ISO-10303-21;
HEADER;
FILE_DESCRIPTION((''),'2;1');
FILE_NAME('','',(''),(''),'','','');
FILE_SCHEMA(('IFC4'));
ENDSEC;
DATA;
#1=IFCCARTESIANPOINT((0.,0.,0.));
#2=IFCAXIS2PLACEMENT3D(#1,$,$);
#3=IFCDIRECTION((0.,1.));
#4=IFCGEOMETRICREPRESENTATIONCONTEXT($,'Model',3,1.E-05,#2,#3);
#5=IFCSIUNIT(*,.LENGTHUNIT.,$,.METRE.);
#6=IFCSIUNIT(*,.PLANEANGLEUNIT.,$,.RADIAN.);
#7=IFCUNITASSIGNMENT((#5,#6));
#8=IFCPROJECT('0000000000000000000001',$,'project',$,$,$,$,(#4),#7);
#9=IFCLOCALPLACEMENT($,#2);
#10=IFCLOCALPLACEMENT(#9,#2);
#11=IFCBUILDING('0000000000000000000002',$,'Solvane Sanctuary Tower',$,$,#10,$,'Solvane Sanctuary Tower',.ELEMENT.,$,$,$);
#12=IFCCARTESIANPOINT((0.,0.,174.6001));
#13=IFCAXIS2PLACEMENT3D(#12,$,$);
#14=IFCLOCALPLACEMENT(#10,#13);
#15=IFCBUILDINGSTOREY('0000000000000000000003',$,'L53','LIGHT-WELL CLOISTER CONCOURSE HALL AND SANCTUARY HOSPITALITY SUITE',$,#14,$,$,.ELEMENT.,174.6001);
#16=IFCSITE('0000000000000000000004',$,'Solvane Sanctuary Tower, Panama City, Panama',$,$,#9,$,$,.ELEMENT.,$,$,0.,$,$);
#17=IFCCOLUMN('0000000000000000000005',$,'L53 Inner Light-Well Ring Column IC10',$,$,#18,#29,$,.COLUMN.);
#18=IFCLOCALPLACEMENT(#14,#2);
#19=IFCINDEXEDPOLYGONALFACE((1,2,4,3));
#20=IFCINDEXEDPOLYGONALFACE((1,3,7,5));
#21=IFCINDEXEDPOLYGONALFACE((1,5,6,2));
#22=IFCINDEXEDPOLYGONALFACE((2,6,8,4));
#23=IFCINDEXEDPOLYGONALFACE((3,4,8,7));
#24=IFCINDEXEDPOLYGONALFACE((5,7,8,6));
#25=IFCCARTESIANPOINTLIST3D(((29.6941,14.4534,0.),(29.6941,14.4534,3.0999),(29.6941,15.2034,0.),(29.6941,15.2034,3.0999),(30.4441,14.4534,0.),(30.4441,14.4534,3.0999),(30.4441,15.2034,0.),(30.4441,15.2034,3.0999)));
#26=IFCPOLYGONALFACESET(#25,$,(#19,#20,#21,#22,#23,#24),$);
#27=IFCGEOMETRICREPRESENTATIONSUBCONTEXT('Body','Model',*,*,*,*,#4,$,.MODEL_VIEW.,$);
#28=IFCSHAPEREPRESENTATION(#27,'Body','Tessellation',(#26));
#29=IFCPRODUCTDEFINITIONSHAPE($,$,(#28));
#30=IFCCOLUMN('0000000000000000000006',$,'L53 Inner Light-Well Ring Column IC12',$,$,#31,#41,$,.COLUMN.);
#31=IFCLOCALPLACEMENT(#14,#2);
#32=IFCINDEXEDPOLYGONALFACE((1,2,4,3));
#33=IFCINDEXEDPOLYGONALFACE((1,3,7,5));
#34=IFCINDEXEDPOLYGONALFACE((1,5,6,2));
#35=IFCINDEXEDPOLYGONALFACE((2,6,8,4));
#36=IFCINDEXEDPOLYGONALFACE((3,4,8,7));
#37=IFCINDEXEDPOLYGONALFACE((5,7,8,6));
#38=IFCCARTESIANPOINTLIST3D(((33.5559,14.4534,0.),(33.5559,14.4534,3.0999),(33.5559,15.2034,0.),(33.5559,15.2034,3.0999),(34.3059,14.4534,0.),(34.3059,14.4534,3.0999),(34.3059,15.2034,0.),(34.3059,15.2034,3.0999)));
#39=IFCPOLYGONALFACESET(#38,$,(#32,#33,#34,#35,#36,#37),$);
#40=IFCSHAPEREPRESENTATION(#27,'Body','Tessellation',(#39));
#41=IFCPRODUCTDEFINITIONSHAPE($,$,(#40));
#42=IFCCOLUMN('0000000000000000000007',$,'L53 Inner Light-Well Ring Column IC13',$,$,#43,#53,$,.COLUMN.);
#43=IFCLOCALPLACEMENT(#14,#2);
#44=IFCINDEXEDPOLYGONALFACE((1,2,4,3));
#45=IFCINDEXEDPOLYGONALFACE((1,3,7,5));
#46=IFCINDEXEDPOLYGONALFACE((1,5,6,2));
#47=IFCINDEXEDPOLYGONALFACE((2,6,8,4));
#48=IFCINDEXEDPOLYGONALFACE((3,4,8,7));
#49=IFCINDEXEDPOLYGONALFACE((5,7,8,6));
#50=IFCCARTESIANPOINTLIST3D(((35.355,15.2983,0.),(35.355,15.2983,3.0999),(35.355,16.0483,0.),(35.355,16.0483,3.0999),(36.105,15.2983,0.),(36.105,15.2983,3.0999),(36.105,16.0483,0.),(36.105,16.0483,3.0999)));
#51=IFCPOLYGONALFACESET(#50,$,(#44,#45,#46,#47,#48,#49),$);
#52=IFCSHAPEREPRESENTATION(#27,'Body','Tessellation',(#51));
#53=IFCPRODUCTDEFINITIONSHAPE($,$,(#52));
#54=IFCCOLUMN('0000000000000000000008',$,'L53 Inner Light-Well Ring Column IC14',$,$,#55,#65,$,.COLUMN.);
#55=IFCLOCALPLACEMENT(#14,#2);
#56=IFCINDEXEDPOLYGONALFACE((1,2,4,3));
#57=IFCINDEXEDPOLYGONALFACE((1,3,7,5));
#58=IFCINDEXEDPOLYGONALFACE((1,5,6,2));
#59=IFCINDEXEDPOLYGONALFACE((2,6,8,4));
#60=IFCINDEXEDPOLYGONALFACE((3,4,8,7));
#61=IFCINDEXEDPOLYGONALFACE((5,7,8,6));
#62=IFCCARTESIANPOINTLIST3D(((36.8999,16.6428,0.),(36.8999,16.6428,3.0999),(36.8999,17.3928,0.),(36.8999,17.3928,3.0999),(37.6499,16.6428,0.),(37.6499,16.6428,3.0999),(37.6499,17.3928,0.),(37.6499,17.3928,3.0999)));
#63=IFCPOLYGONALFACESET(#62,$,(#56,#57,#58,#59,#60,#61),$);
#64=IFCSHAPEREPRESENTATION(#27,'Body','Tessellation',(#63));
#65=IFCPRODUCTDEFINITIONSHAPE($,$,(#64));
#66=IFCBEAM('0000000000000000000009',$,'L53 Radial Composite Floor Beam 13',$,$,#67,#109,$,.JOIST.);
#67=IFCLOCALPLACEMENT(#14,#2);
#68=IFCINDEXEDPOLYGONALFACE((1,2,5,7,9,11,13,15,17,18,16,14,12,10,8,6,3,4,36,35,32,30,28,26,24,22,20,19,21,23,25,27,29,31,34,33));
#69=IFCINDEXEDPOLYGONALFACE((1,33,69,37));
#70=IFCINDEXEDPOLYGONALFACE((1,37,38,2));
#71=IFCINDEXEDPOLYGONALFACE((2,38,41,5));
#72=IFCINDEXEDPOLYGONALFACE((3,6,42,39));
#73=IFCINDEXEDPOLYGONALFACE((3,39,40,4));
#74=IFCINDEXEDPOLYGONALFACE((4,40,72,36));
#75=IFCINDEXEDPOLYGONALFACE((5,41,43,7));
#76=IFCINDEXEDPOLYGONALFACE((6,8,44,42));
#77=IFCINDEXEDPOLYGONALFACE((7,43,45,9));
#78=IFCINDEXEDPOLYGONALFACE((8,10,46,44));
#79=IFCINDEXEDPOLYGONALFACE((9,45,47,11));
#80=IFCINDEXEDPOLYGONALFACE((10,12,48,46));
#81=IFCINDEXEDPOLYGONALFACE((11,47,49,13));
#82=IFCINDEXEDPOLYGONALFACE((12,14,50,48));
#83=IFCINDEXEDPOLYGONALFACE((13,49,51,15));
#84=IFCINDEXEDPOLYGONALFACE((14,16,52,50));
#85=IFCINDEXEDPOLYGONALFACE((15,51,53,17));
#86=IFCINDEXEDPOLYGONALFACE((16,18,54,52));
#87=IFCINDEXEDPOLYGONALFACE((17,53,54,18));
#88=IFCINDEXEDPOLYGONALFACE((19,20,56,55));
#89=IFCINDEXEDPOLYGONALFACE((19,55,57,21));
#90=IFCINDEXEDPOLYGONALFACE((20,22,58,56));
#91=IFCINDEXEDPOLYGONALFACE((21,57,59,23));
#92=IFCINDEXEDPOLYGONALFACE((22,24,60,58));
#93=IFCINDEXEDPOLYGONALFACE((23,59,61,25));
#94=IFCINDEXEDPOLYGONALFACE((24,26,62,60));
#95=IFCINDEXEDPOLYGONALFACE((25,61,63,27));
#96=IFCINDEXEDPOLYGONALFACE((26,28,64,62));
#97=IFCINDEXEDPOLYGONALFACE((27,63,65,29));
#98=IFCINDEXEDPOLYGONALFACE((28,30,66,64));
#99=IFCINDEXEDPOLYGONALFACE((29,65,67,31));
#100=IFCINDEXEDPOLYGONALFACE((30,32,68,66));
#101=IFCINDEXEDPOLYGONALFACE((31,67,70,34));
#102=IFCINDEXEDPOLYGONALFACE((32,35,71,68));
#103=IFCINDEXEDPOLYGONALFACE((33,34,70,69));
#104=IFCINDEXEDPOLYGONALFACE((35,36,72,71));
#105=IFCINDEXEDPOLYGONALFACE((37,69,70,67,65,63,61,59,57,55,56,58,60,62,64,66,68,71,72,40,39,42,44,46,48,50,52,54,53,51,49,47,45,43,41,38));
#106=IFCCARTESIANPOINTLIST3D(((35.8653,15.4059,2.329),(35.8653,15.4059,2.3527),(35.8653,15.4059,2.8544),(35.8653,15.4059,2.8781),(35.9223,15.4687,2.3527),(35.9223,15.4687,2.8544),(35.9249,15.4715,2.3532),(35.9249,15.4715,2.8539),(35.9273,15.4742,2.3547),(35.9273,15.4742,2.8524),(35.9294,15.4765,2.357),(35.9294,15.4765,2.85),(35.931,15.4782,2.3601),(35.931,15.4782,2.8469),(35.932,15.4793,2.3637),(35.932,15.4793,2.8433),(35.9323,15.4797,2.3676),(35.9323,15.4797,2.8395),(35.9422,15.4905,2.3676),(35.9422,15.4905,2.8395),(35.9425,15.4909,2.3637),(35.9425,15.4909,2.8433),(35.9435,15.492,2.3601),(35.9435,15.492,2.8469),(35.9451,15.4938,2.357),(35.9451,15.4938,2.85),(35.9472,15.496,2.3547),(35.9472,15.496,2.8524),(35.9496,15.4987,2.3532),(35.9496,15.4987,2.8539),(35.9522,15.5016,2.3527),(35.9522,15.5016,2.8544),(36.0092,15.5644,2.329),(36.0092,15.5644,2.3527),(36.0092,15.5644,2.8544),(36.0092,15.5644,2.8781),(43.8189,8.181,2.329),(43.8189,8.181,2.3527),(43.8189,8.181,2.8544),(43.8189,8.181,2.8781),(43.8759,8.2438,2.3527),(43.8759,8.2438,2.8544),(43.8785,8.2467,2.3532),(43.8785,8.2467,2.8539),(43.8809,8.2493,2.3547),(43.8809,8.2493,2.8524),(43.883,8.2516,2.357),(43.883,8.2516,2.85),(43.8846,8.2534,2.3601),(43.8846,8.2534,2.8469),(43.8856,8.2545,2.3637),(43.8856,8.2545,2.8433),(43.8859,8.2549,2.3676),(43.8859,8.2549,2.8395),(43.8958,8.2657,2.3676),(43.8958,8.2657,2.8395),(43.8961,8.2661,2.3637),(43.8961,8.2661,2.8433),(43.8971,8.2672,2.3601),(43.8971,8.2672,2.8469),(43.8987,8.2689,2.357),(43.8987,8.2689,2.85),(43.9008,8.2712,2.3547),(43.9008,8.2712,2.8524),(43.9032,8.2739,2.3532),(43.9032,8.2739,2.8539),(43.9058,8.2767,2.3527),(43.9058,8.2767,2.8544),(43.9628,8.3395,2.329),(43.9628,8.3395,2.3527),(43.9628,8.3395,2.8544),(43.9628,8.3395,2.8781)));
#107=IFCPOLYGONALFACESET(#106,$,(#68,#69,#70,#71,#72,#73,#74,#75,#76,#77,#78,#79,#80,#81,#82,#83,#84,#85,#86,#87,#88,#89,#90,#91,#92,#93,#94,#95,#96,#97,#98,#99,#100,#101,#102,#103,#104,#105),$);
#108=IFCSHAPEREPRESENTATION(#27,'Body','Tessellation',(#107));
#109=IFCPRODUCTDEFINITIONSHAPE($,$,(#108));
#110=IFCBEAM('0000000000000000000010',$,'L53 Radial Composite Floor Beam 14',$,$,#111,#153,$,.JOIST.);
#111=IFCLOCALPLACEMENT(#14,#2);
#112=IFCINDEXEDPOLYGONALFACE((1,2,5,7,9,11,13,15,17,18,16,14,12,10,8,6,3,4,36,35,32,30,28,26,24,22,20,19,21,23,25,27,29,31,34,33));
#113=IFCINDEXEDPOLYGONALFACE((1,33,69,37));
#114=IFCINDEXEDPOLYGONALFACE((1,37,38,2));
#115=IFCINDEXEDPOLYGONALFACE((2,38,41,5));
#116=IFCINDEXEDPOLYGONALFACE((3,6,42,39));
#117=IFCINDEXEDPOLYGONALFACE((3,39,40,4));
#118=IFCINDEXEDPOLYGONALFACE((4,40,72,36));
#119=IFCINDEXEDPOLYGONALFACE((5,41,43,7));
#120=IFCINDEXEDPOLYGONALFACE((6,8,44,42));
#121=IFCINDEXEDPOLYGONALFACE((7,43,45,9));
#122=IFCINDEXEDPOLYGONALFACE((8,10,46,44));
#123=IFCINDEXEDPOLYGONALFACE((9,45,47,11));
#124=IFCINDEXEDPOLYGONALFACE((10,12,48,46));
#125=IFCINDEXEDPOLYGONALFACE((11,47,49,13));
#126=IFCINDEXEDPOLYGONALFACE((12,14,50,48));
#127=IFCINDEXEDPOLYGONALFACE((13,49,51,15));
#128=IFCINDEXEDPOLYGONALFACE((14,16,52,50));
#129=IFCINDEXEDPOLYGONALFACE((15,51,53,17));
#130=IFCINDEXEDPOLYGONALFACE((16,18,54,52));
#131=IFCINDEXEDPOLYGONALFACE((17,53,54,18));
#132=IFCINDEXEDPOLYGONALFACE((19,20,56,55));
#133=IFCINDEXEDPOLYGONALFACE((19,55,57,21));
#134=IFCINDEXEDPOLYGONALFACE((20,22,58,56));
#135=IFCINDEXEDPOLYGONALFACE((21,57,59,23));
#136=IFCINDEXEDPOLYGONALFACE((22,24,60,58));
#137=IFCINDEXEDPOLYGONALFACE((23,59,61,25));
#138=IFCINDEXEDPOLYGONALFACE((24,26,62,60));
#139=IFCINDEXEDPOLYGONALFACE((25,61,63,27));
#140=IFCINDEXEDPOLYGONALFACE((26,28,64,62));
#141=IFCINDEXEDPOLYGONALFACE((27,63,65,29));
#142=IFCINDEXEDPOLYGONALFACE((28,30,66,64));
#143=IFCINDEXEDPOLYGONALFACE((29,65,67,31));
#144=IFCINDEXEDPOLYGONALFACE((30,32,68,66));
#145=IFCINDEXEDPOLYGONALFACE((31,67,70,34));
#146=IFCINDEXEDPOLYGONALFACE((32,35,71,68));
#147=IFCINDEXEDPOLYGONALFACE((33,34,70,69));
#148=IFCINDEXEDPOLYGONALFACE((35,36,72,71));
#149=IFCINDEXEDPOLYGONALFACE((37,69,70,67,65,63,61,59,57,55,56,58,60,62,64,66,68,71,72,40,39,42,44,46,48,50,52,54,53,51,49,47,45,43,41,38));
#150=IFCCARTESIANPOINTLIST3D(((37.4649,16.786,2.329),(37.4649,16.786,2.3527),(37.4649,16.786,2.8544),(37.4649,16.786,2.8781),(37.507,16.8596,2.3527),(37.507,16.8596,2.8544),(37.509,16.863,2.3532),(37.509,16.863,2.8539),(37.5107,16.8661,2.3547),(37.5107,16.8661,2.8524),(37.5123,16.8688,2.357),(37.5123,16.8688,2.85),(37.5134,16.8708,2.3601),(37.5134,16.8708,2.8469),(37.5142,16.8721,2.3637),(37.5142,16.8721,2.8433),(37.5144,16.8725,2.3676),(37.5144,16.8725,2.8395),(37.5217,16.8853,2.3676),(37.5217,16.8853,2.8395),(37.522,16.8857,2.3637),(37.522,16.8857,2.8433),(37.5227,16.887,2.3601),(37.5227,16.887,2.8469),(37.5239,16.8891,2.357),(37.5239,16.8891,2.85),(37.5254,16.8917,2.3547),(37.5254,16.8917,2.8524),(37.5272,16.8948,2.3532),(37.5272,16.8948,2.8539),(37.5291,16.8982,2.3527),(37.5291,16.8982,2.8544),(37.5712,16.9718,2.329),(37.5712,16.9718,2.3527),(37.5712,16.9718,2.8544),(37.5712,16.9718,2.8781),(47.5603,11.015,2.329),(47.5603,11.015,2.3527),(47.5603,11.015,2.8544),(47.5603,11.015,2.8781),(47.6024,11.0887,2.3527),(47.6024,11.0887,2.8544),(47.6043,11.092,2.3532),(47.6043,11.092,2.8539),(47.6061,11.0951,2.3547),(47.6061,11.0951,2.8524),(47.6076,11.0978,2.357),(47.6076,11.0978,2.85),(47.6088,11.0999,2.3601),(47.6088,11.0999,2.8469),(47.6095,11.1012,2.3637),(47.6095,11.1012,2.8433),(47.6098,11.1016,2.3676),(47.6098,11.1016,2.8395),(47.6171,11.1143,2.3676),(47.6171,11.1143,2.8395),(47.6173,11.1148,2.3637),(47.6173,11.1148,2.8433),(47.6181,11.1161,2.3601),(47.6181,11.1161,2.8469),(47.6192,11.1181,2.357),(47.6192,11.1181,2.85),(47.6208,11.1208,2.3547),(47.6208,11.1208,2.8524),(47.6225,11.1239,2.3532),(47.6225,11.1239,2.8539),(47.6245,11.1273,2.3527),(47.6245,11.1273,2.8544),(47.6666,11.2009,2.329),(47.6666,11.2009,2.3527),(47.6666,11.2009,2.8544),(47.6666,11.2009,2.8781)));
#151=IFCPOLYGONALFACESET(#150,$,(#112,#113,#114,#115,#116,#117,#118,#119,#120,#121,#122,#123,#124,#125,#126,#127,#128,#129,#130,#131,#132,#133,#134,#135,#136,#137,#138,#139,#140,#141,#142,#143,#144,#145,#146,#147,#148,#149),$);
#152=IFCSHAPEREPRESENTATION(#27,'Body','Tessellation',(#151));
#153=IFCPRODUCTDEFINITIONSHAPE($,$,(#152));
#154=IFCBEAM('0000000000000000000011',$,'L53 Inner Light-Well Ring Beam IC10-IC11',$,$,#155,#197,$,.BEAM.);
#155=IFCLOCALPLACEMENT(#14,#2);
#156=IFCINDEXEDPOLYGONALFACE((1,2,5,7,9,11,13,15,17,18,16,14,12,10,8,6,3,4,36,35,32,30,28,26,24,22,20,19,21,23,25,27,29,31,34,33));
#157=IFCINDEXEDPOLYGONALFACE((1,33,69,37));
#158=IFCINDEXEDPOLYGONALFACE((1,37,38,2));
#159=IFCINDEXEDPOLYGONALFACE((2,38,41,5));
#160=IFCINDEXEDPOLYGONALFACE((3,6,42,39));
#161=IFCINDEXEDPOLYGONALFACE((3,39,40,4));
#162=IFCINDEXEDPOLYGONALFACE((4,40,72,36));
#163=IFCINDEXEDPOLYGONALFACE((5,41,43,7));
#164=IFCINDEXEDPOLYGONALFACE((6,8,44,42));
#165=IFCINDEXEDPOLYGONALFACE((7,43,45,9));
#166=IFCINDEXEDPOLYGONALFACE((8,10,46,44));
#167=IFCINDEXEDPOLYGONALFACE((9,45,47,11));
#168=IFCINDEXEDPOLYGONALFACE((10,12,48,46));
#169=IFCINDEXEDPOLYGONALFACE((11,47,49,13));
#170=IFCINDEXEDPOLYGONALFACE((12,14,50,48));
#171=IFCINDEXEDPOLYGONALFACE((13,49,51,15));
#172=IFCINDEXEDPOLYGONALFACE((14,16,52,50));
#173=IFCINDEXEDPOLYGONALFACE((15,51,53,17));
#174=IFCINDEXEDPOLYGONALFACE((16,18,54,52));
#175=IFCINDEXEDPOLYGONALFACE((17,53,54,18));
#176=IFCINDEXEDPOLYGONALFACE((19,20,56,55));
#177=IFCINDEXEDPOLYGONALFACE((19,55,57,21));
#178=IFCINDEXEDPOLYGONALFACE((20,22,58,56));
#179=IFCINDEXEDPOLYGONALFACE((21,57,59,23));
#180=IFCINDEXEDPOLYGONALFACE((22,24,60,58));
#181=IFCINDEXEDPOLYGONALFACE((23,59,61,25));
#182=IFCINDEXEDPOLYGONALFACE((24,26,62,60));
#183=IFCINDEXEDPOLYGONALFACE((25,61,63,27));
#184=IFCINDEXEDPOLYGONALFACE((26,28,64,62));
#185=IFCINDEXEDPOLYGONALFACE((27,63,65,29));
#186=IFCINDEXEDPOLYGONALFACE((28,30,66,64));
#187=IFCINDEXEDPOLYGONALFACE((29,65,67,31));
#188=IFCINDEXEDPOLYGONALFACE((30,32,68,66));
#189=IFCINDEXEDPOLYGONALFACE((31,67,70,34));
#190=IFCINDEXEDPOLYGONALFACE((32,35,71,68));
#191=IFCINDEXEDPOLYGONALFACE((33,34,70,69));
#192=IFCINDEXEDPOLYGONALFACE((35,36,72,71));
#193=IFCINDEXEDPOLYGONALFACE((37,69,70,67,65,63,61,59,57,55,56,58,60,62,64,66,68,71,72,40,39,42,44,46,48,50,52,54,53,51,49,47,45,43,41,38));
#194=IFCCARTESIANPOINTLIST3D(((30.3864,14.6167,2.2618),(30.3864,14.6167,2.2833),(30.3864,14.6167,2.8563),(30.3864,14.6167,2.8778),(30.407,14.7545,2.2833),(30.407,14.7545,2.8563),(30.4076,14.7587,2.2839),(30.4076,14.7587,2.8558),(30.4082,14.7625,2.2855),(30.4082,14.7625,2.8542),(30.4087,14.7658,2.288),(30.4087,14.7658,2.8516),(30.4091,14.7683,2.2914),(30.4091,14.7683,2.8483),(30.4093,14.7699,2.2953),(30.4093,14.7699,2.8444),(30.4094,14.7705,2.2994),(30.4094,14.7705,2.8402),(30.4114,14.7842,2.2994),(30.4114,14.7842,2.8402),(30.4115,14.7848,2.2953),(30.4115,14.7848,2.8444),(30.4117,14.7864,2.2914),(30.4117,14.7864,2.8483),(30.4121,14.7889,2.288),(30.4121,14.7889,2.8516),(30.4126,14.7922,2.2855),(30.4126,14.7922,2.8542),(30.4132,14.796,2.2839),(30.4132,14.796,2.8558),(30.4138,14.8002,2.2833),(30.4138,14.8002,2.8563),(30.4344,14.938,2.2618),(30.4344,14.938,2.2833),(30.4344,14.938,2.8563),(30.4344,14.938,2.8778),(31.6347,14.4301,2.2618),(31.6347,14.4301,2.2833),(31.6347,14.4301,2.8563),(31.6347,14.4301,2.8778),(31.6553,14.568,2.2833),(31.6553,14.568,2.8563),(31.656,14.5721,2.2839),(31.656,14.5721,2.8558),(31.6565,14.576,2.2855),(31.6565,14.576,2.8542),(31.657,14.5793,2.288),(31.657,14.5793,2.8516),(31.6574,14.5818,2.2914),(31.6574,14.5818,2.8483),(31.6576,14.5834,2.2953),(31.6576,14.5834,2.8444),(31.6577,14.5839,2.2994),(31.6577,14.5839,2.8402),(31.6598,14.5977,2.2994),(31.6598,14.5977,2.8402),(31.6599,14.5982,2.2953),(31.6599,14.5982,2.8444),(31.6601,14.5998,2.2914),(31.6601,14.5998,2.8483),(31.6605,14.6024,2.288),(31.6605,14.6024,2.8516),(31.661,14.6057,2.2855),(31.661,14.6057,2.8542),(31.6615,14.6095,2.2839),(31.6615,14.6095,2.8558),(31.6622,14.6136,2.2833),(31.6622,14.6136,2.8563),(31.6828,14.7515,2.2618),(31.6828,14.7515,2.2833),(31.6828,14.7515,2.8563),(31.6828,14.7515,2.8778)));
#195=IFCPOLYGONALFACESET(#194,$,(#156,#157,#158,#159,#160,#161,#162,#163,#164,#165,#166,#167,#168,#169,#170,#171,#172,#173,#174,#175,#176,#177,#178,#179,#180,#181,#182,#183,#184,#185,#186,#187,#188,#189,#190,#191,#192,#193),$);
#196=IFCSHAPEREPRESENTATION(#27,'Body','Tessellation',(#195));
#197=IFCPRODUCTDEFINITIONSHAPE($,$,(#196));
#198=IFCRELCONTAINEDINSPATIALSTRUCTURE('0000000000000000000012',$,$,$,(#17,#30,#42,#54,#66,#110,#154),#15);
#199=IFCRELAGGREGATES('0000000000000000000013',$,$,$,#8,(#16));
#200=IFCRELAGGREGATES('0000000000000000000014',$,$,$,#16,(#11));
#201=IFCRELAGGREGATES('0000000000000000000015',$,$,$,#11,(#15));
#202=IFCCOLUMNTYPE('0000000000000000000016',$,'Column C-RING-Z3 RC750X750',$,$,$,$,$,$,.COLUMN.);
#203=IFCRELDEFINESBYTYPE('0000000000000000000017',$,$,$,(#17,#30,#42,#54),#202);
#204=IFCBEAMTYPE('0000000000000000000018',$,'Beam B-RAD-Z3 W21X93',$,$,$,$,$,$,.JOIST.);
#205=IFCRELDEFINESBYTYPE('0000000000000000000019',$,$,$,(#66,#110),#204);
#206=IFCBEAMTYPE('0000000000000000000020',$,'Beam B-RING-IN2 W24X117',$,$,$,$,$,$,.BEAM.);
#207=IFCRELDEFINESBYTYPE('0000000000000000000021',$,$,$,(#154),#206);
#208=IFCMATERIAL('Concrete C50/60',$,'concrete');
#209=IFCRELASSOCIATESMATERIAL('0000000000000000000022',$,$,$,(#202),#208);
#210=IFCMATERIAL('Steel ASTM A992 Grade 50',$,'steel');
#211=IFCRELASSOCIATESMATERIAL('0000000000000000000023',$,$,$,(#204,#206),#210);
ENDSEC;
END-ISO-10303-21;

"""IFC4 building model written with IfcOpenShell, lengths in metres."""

from ifc_helpers import new_model, si_unit, direction, frame, origin, origin_2d, place, context, subcontext, project, spatial, rectangle, i_section, extrude, material, material_profile, profile_set, type_object, element, save


model = new_model("IFC4")

# Units and contexts
model_context = context("Model", 3, precision=1e-05, world=origin(), true_north=direction((0.0, 1.0)))
body_context = subcontext(model_context, "Body", "Model", "MODEL_VIEW")
ifc_project = project(units=[si_unit("LENGTHUNIT", "METRE"), si_unit("PLANEANGLEUNIT", "RADIAN")], contexts=[model_context])

# Site, building, storey
site_placement = place(None, origin())
site = spatial("IfcSite", under=ifc_project, at=site_placement, Name="Solvane Sanctuary Tower, Panama City, Panama", CompositionType="ELEMENT", RefElevation=0.0)
building_placement = place(site_placement, origin())
building = spatial("IfcBuilding", under=site, at=building_placement, Name="Solvane Sanctuary Tower", LongName="Solvane Sanctuary Tower", CompositionType="ELEMENT")
storey_placement = place(building_placement, frame((0.0, 0.0, 174.6001)))
storey = spatial("IfcBuildingStorey", under=building, at=storey_placement, Name="L53", Description="LIGHT-WELL CLOISTER CONCOURSE HALL AND SANCTUARY HOSPITALITY SUITE", CompositionType="ELEMENT", Elevation=174.6001)

# Columns
ifc_material_1 = material(Name="Concrete C50/60", Category="concrete")
ifc_material_profile_1 = material_profile(ifc_material_1, rectangle(XDim=0.75, YDim=0.75, at=origin_2d()), Name="RC750X750")
ifc_profile_set_1 = profile_set([ifc_material_profile_1], Name="Concrete C50/60")
column_type = type_object("IfcColumnType", Name="Column C-RING-Z3 RC750X750", PredefinedType="COLUMN", material=ifc_profile_set_1)
for number, where, z_axis, x_axis, name in (
    (1, (30.0691, 14.8284, 0.0), (0.0, 0.0, 1.0), (1.0, 0.0, 0.0), "L53 Inner Light-Well Ring Column IC10"),
    (2, (33.9309, 14.8284, 0.0), (0.0, 0.0, 1.0), (1.0, 0.0, 0.0), "L53 Inner Light-Well Ring Column IC12"),
    (3, (35.73, 15.6733, 0.0), (0.0, 0.0, 1.0), (1.0, 0.0, 0.0), "L53 Inner Light-Well Ring Column IC13"),
    (4, (37.2749, 17.0178, 0.0), (0.0, 0.0, 1.0), (1.0, 0.0, 0.0), "L53 Inner Light-Well Ring Column IC14"),
):
    element("IfcColumn", number, at=place(storey_placement, frame(where, z_axis=z_axis, x_axis=x_axis)), inside=storey, type_object=column_type, Name=name, PredefinedType="COLUMN", context=body_context, shape_type="SweptSolid", body=[
        extrude(rectangle(XDim=0.75, YDim=0.75, at=origin_2d()), origin(), (0.0, 0.0, 1.0), 3.0999),
    ])

# Beams
ifc_material_2 = material(Name="Steel ASTM A992 Grade 50", Category="steel")
ifc_material_profile_2 = material_profile(ifc_material_2, i_section(OverallWidth=0.2141, OverallDepth=0.5491, WebThickness=0.0146, FlangeThickness=0.0237, FilletRadius=0.0149, at=origin_2d()), Name="W21X93")
ifc_profile_set_2 = profile_set([ifc_material_profile_2], Name="Steel ASTM A992 Grade 50")
beam_type_1 = type_object("IfcBeamType", Name="Beam B-RAD-Z3 W21X93", PredefinedType="JOIST", material=ifc_profile_set_2)
beam_1_placement = place(storey_placement, frame((35.9373, 15.4851, 2.6035), z_axis=(0.740204, -0.672382, 0.0), x_axis=(0.672382, 0.740204, 0.0)))
element("IfcBeam", 5, at=beam_1_placement, inside=storey, type_object=beam_type_1, Name="L53 Radial Composite Floor Beam 13", PredefinedType="JOIST", context=body_context, shape_type="SweptSolid", body=[
    extrude(i_section(OverallWidth=0.2141, OverallDepth=0.5491, WebThickness=0.0146, FlangeThickness=0.0237, FilletRadius=0.0149, at=origin_2d()), origin(), (0.0, 0.0, 1.0), 10.7451),
])
beam_2_placement = place(storey_placement, frame((37.5181, 16.8789, 2.6035), z_axis=(0.868163, -0.496279, 0.0), x_axis=(0.496279, 0.868163, 0.0)))
element("IfcBeam", 6, at=beam_2_placement, inside=storey, type_object=beam_type_1, Name="L53 Radial Composite Floor Beam 14", PredefinedType="JOIST", context=body_context, shape_type="SweptSolid", body=[
    extrude(i_section(OverallWidth=0.2141, OverallDepth=0.5491, WebThickness=0.0146, FlangeThickness=0.0237, FilletRadius=0.0149, at=origin_2d()), origin(), (0.0, 0.0, 1.0), 11.6284),
])
ifc_material_profile_3 = material_profile(ifc_material_2, i_section(OverallWidth=0.325, OverallDepth=0.616, WebThickness=0.0139, FlangeThickness=0.0215, FilletRadius=0.0161, at=origin_2d()), Name="W24X117")
ifc_profile_set_3 = profile_set([ifc_material_profile_3], Name="Steel ASTM A992 Grade 50")
beam_type_2 = type_object("IfcBeamType", Name="Beam B-RING-IN2 W24X117", PredefinedType="BEAM", material=ifc_profile_set_3)
beam_3_placement = place(storey_placement, frame((30.4104, 14.7773, 2.5698), z_axis=(0.98902, -0.147782, 0.0), x_axis=(0.147782, 0.98902, 0.0)))
element("IfcBeam", 7, at=beam_3_placement, inside=storey, type_object=beam_type_2, Name="L53 Inner Light-Well Ring Beam IC10-IC11", PredefinedType="BEAM", context=body_context, shape_type="SweptSolid", body=[
    extrude(i_section(OverallWidth=0.325, OverallDepth=0.616, WebThickness=0.0139, FlangeThickness=0.0215, FilletRadius=0.0161, at=origin_2d()), origin(), (0.0, 0.0, 1.0), 1.2622),
])

save(model, "model.ifc")
